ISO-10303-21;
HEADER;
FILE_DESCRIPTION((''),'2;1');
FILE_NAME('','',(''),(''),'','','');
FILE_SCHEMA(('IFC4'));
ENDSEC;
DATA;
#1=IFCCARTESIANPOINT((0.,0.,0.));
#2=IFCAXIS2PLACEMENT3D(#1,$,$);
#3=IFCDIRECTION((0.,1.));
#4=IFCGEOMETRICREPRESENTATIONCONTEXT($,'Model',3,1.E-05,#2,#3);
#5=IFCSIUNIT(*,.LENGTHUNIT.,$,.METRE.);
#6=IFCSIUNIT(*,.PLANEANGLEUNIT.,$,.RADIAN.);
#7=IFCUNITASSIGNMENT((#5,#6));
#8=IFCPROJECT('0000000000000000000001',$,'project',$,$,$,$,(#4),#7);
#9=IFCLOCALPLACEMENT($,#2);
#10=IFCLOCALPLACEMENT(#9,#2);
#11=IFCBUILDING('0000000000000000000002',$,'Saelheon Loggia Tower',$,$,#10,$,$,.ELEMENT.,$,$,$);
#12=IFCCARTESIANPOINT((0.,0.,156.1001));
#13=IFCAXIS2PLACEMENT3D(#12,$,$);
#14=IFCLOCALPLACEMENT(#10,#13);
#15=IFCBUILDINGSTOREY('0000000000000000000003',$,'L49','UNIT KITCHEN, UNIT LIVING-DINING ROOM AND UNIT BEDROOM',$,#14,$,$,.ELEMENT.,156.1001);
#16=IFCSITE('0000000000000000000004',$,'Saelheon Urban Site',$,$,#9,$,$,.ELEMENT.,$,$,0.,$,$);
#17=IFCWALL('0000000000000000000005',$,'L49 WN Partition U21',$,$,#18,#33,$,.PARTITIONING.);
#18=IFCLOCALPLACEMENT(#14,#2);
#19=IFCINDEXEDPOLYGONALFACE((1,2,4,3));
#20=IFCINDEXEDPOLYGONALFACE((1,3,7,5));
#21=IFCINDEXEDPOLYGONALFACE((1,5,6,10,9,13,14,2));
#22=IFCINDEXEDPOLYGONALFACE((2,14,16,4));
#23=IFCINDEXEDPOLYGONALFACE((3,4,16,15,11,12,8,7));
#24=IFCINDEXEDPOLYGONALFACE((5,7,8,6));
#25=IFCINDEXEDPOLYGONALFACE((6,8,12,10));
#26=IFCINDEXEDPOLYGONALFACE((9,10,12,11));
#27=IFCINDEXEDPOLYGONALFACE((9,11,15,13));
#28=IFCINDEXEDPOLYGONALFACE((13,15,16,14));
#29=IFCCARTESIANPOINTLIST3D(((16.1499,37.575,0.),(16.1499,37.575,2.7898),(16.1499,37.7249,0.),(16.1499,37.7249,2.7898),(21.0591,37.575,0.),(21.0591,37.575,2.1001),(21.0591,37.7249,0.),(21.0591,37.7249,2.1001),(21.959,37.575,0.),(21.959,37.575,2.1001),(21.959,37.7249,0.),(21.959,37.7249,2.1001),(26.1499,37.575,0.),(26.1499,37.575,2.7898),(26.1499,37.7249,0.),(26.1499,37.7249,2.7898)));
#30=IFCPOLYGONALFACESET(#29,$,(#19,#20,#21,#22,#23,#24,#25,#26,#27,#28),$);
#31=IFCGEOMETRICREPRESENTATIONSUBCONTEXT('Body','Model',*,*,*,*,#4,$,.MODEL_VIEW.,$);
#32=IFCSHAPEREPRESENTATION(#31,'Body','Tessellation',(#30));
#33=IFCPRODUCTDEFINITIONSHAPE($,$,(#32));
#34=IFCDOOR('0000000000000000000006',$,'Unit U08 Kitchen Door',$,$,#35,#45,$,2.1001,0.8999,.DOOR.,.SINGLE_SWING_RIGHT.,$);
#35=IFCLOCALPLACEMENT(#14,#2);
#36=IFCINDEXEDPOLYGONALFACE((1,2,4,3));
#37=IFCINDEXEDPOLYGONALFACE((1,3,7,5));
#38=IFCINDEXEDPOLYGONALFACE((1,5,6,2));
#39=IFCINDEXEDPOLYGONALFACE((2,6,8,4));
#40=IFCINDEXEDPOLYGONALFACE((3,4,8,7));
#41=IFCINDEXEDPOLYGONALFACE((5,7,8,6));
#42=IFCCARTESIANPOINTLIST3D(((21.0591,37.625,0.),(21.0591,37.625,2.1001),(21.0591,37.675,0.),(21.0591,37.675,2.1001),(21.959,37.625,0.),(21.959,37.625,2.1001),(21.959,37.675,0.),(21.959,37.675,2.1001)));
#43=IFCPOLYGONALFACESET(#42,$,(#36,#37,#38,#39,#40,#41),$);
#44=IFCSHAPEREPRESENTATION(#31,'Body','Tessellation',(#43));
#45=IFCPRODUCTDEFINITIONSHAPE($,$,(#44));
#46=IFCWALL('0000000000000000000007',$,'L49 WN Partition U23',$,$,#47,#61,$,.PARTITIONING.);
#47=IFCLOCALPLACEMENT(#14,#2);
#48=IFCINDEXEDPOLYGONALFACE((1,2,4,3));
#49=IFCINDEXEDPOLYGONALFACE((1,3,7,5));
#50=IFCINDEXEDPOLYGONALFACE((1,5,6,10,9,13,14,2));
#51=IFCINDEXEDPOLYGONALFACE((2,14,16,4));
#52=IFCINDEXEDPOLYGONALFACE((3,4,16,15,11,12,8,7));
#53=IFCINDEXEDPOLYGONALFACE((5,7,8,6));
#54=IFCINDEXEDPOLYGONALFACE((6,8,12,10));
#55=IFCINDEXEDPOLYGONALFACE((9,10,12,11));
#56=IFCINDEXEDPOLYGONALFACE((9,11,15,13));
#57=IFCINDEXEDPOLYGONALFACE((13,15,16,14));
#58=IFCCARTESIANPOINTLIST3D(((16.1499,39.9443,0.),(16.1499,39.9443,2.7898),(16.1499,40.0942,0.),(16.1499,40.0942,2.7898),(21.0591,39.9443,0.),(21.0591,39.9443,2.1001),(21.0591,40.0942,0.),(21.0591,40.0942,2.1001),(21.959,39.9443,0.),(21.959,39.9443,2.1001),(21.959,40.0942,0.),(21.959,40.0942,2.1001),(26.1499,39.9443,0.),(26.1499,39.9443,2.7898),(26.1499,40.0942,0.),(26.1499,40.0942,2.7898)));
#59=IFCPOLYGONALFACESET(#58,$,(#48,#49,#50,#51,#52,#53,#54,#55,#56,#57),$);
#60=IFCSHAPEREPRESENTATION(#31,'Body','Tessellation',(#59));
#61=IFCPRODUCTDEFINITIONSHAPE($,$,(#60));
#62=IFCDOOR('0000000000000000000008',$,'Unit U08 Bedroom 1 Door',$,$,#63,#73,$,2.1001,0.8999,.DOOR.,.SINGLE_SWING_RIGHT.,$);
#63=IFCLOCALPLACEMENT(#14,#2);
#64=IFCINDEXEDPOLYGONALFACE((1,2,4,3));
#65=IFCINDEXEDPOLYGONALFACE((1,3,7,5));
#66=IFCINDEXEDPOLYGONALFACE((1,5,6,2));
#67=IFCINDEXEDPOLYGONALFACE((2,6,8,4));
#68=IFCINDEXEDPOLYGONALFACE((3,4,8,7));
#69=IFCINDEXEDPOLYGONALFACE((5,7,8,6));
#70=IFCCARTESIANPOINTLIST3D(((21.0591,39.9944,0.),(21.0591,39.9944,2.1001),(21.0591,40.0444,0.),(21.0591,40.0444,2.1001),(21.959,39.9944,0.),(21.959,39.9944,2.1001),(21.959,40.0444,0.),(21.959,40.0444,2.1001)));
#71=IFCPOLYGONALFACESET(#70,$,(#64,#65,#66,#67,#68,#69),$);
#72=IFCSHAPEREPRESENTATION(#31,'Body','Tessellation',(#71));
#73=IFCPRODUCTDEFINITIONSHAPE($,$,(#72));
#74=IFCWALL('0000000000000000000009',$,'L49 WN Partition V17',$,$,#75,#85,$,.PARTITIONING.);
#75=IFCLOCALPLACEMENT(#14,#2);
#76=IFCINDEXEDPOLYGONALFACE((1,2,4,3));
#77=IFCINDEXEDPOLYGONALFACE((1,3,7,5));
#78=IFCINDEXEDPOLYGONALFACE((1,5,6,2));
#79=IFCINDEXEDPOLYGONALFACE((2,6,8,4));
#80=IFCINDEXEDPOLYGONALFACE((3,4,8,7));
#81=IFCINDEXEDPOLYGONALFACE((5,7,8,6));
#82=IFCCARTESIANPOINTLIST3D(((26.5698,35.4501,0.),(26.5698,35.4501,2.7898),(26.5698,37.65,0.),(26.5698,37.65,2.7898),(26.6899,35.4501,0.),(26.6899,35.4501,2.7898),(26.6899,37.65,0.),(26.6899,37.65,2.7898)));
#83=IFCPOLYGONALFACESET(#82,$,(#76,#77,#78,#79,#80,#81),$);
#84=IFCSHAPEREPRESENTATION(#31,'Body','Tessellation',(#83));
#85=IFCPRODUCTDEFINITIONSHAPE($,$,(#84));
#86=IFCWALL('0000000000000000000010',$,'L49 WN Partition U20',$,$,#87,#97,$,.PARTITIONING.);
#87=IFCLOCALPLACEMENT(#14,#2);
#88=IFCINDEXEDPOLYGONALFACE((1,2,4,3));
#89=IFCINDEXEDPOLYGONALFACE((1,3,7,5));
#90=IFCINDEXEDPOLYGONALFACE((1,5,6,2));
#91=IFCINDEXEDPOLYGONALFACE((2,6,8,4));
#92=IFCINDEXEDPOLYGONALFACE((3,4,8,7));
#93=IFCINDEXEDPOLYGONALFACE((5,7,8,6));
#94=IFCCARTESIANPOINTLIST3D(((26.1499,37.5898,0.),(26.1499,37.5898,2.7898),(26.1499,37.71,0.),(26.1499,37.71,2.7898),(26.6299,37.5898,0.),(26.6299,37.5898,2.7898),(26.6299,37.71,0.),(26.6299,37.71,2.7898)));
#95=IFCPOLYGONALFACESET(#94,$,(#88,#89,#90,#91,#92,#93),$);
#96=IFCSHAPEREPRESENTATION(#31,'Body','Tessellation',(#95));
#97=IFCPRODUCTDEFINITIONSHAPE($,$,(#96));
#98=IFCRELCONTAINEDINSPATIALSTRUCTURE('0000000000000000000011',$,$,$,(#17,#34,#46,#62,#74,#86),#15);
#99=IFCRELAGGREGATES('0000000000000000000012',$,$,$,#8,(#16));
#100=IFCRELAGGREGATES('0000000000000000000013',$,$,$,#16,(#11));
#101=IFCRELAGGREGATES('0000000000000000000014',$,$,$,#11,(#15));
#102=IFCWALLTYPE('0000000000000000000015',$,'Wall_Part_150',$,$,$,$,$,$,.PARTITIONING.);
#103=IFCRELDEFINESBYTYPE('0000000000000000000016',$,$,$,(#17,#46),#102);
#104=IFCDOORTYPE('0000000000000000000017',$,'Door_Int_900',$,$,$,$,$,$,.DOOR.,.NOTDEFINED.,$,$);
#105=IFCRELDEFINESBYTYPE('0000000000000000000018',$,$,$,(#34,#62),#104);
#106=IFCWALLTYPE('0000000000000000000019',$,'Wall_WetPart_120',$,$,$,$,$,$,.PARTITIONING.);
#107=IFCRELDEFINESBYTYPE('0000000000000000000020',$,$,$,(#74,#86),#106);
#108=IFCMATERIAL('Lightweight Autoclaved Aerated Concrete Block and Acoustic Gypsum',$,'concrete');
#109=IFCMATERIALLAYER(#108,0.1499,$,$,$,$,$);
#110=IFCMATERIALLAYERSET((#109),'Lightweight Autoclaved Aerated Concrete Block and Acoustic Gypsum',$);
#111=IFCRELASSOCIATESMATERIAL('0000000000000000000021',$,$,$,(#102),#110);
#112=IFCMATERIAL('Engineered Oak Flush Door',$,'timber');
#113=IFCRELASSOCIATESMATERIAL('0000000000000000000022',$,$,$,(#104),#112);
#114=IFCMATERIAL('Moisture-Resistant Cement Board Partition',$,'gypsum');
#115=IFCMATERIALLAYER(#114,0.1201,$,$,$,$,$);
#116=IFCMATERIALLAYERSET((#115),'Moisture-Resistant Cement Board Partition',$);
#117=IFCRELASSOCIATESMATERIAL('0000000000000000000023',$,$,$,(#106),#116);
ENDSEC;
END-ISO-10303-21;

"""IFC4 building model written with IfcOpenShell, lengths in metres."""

from ifc_helpers import new_model, si_unit, direction, frame, frame_2d, origin, place, context, subcontext, project, spatial, rectangle, extrude, source, transform, mapped, material, layer, layer_set, type_object, element, fill, save


model = new_model("IFC4")

# Units and contexts
model_context = context("Model", 3, precision=1e-05, world=origin(), true_north=direction((0.0, 1.0)))
body_context = subcontext(model_context, "Body", "Model", "MODEL_VIEW")
ifc_project = project(units=[si_unit("LENGTHUNIT", "METRE"), si_unit("PLANEANGLEUNIT", "RADIAN")], contexts=[model_context])

# Site, building, storey
site_placement = place(None, origin())
site = spatial("IfcSite", under=ifc_project, at=site_placement, Name="Saelheon Urban Site", CompositionType="ELEMENT", RefElevation=0.0)
building_placement = place(site_placement, origin())
building = spatial("IfcBuilding", under=site, at=building_placement, Name="Saelheon Loggia Tower", CompositionType="ELEMENT")
storey_placement = place(building_placement, frame((0.0, 0.0, 156.1001)))
storey = spatial("IfcBuildingStorey", under=building, at=storey_placement, Name="L49", Description="UNIT KITCHEN, UNIT LIVING-DINING ROOM AND UNIT BEDROOM", CompositionType="ELEMENT", Elevation=156.1001)

# Shared definitions
ifc_material_1 = material(Name="Lightweight Autoclaved Aerated Concrete Block and Acoustic Gypsum", Category="concrete")
ifc_layer_1 = layer(ifc_material_1, 0.1499)
ifc_layer_set_1 = layer_set([ifc_layer_1], Name="Lightweight Autoclaved Aerated Concrete Block and Acoustic Gypsum")
wall_type_1 = type_object("IfcWallType", Name="Wall_Part_150", PredefinedType="PARTITIONING", material=ifc_layer_set_1)
ifc_material_2 = material(Name="Engineered Oak Flush Door", Category="timber")
door_type = type_object("IfcDoorType", Name="Door_Int_900", OperationType="NOTDEFINED", PredefinedType="DOOR", material=ifc_material_2)
shared_shape_1 = source(origin(), body_context, "Body", "SweptSolid", [
    extrude(rectangle(XDim=0.8999, YDim=2.1001, at=frame_2d((0.45, 1.05))), frame((0.0, 0.0249, 0.0), z_axis=(0.0, -1.0, 0.0), x_axis=(1.0, 0.0, 0.0)), (0.0, 0.0, 1.0), 0.05),
])

# Walls, openings, doors
wall_1_placement = place(storey_placement, frame((26.1499, 37.6499, 0.0), z_axis=(0.0, 0.0, 1.0), x_axis=(-1.0, 0.0, 0.0)))
wall_1 = element("IfcWall", 1, at=wall_1_placement, inside=storey, type_object=wall_type_1, Name="L49 WN Partition U21", PredefinedType="PARTITIONING", context=body_context, shape_type="SweptSolid", body=[
    extrude(rectangle(XDim=10.0, YDim=0.1499, at=frame_2d((5.0, 0.0))), origin(), (0.0, 0.0, 1.0), 2.7898),
])
opening_1_placement = place(wall_1_placement, frame((4.1909, 0.0, 0.0)))
opening_1 = element("IfcOpeningElement", 2, at=opening_1_placement, cuts=wall_1, PredefinedType="OPENING", context=body_context, shape_type="SweptSolid", body=[
    extrude(rectangle(XDim=0.8999, YDim=2.1001, at=frame_2d((0.45, 1.05))), frame((0.0, 0.0869, 0.0), z_axis=(0.0, -1.0, 0.0), x_axis=(1.0, 0.0, 0.0)), (0.0, 0.0, 1.0), 0.1738),
])
door_1_placement = place(opening_1_placement, origin())
door_1 = element("IfcDoor", 3, at=door_1_placement, inside=storey, type_object=door_type, Name="Unit U08 Kitchen Door", OperationType="SINGLE_SWING_RIGHT", OverallHeight=2.1001, OverallWidth=0.8999, PredefinedType="DOOR", context=body_context, shape_type="MappedRepresentation", body=[
    mapped(shared_shape_1, transform((0.0, 0.0, 0.0), scale=1.0)),
])
fill(opening_1, door_1)
wall_2_placement = place(storey_placement, frame((26.1499, 40.0193, 0.0), z_axis=(0.0, 0.0, 1.0), x_axis=(-1.0, 0.0, 0.0)))
wall_2 = element("IfcWall", 4, at=wall_2_placement, inside=storey, type_object=wall_type_1, Name="L49 WN Partition U23", PredefinedType="PARTITIONING", context=body_context, shape_type="SweptSolid", body=[
    extrude(rectangle(XDim=10.0, YDim=0.1499, at=frame_2d((5.0, 0.0))), origin(), (0.0, 0.0, 1.0), 2.7898),
])
opening_2_placement = place(wall_2_placement, frame((4.1909, 0.0, 0.0)))
opening_2 = element("IfcOpeningElement", 5, at=opening_2_placement, cuts=wall_2, PredefinedType="OPENING", context=body_context, shape_type="SweptSolid", body=[
    extrude(rectangle(XDim=0.8999, YDim=2.1001, at=frame_2d((0.45, 1.05))), frame((0.0, 0.0869, 0.0), z_axis=(0.0, -1.0, 0.0), x_axis=(1.0, 0.0, 0.0)), (0.0, 0.0, 1.0), 0.1738),
])
door_2_placement = place(opening_2_placement, origin())
door_2 = element("IfcDoor", 6, at=door_2_placement, inside=storey, type_object=door_type, Name="Unit U08 Bedroom 1 Door", OperationType="SINGLE_SWING_RIGHT", OverallHeight=2.1001, OverallWidth=0.8999, PredefinedType="DOOR", context=body_context, shape_type="MappedRepresentation", body=[
    mapped(shared_shape_1, transform((0.0, 0.0, 0.0), scale=1.0)),
])
fill(opening_2, door_2)

# Walls
ifc_material_3 = material(Name="Moisture-Resistant Cement Board Partition", Category="gypsum")
ifc_layer_2 = layer(ifc_material_3, 0.1201)
ifc_layer_set_2 = layer_set([ifc_layer_2], Name="Moisture-Resistant Cement Board Partition")
wall_type_2 = type_object("IfcWallType", Name="Wall_WetPart_120", PredefinedType="PARTITIONING", material=ifc_layer_set_2)
wall_3_placement = place(storey_placement, frame((26.6299, 35.45, 0.0), z_axis=(0.0, 0.0, 1.0), x_axis=(0.0, 1.0, 0.0)))
element("IfcWall", 7, at=wall_3_placement, inside=storey, type_object=wall_type_2, Name="L49 WN Partition V17", PredefinedType="PARTITIONING", context=body_context, shape_type="SweptSolid", body=[
    extrude(rectangle(XDim=2.2, YDim=0.1201, at=frame_2d((1.1001, 0.0))), origin(), (0.0, 0.0, 1.0), 2.7898),
])
wall_4_placement = place(storey_placement, frame((26.6299, 37.6499, 0.0), z_axis=(0.0, 0.0, 1.0), x_axis=(-1.0, 0.0, 0.0)))
element("IfcWall", 8, at=wall_4_placement, inside=storey, type_object=wall_type_2, Name="L49 WN Partition U20", PredefinedType="PARTITIONING", context=body_context, shape_type="SweptSolid", body=[
    extrude(rectangle(XDim=0.48, YDim=0.1201, at=frame_2d((0.24, 0.0))), origin(), (0.0, 0.0, 1.0), 2.7898),
])

save(model, "model.ifc")
